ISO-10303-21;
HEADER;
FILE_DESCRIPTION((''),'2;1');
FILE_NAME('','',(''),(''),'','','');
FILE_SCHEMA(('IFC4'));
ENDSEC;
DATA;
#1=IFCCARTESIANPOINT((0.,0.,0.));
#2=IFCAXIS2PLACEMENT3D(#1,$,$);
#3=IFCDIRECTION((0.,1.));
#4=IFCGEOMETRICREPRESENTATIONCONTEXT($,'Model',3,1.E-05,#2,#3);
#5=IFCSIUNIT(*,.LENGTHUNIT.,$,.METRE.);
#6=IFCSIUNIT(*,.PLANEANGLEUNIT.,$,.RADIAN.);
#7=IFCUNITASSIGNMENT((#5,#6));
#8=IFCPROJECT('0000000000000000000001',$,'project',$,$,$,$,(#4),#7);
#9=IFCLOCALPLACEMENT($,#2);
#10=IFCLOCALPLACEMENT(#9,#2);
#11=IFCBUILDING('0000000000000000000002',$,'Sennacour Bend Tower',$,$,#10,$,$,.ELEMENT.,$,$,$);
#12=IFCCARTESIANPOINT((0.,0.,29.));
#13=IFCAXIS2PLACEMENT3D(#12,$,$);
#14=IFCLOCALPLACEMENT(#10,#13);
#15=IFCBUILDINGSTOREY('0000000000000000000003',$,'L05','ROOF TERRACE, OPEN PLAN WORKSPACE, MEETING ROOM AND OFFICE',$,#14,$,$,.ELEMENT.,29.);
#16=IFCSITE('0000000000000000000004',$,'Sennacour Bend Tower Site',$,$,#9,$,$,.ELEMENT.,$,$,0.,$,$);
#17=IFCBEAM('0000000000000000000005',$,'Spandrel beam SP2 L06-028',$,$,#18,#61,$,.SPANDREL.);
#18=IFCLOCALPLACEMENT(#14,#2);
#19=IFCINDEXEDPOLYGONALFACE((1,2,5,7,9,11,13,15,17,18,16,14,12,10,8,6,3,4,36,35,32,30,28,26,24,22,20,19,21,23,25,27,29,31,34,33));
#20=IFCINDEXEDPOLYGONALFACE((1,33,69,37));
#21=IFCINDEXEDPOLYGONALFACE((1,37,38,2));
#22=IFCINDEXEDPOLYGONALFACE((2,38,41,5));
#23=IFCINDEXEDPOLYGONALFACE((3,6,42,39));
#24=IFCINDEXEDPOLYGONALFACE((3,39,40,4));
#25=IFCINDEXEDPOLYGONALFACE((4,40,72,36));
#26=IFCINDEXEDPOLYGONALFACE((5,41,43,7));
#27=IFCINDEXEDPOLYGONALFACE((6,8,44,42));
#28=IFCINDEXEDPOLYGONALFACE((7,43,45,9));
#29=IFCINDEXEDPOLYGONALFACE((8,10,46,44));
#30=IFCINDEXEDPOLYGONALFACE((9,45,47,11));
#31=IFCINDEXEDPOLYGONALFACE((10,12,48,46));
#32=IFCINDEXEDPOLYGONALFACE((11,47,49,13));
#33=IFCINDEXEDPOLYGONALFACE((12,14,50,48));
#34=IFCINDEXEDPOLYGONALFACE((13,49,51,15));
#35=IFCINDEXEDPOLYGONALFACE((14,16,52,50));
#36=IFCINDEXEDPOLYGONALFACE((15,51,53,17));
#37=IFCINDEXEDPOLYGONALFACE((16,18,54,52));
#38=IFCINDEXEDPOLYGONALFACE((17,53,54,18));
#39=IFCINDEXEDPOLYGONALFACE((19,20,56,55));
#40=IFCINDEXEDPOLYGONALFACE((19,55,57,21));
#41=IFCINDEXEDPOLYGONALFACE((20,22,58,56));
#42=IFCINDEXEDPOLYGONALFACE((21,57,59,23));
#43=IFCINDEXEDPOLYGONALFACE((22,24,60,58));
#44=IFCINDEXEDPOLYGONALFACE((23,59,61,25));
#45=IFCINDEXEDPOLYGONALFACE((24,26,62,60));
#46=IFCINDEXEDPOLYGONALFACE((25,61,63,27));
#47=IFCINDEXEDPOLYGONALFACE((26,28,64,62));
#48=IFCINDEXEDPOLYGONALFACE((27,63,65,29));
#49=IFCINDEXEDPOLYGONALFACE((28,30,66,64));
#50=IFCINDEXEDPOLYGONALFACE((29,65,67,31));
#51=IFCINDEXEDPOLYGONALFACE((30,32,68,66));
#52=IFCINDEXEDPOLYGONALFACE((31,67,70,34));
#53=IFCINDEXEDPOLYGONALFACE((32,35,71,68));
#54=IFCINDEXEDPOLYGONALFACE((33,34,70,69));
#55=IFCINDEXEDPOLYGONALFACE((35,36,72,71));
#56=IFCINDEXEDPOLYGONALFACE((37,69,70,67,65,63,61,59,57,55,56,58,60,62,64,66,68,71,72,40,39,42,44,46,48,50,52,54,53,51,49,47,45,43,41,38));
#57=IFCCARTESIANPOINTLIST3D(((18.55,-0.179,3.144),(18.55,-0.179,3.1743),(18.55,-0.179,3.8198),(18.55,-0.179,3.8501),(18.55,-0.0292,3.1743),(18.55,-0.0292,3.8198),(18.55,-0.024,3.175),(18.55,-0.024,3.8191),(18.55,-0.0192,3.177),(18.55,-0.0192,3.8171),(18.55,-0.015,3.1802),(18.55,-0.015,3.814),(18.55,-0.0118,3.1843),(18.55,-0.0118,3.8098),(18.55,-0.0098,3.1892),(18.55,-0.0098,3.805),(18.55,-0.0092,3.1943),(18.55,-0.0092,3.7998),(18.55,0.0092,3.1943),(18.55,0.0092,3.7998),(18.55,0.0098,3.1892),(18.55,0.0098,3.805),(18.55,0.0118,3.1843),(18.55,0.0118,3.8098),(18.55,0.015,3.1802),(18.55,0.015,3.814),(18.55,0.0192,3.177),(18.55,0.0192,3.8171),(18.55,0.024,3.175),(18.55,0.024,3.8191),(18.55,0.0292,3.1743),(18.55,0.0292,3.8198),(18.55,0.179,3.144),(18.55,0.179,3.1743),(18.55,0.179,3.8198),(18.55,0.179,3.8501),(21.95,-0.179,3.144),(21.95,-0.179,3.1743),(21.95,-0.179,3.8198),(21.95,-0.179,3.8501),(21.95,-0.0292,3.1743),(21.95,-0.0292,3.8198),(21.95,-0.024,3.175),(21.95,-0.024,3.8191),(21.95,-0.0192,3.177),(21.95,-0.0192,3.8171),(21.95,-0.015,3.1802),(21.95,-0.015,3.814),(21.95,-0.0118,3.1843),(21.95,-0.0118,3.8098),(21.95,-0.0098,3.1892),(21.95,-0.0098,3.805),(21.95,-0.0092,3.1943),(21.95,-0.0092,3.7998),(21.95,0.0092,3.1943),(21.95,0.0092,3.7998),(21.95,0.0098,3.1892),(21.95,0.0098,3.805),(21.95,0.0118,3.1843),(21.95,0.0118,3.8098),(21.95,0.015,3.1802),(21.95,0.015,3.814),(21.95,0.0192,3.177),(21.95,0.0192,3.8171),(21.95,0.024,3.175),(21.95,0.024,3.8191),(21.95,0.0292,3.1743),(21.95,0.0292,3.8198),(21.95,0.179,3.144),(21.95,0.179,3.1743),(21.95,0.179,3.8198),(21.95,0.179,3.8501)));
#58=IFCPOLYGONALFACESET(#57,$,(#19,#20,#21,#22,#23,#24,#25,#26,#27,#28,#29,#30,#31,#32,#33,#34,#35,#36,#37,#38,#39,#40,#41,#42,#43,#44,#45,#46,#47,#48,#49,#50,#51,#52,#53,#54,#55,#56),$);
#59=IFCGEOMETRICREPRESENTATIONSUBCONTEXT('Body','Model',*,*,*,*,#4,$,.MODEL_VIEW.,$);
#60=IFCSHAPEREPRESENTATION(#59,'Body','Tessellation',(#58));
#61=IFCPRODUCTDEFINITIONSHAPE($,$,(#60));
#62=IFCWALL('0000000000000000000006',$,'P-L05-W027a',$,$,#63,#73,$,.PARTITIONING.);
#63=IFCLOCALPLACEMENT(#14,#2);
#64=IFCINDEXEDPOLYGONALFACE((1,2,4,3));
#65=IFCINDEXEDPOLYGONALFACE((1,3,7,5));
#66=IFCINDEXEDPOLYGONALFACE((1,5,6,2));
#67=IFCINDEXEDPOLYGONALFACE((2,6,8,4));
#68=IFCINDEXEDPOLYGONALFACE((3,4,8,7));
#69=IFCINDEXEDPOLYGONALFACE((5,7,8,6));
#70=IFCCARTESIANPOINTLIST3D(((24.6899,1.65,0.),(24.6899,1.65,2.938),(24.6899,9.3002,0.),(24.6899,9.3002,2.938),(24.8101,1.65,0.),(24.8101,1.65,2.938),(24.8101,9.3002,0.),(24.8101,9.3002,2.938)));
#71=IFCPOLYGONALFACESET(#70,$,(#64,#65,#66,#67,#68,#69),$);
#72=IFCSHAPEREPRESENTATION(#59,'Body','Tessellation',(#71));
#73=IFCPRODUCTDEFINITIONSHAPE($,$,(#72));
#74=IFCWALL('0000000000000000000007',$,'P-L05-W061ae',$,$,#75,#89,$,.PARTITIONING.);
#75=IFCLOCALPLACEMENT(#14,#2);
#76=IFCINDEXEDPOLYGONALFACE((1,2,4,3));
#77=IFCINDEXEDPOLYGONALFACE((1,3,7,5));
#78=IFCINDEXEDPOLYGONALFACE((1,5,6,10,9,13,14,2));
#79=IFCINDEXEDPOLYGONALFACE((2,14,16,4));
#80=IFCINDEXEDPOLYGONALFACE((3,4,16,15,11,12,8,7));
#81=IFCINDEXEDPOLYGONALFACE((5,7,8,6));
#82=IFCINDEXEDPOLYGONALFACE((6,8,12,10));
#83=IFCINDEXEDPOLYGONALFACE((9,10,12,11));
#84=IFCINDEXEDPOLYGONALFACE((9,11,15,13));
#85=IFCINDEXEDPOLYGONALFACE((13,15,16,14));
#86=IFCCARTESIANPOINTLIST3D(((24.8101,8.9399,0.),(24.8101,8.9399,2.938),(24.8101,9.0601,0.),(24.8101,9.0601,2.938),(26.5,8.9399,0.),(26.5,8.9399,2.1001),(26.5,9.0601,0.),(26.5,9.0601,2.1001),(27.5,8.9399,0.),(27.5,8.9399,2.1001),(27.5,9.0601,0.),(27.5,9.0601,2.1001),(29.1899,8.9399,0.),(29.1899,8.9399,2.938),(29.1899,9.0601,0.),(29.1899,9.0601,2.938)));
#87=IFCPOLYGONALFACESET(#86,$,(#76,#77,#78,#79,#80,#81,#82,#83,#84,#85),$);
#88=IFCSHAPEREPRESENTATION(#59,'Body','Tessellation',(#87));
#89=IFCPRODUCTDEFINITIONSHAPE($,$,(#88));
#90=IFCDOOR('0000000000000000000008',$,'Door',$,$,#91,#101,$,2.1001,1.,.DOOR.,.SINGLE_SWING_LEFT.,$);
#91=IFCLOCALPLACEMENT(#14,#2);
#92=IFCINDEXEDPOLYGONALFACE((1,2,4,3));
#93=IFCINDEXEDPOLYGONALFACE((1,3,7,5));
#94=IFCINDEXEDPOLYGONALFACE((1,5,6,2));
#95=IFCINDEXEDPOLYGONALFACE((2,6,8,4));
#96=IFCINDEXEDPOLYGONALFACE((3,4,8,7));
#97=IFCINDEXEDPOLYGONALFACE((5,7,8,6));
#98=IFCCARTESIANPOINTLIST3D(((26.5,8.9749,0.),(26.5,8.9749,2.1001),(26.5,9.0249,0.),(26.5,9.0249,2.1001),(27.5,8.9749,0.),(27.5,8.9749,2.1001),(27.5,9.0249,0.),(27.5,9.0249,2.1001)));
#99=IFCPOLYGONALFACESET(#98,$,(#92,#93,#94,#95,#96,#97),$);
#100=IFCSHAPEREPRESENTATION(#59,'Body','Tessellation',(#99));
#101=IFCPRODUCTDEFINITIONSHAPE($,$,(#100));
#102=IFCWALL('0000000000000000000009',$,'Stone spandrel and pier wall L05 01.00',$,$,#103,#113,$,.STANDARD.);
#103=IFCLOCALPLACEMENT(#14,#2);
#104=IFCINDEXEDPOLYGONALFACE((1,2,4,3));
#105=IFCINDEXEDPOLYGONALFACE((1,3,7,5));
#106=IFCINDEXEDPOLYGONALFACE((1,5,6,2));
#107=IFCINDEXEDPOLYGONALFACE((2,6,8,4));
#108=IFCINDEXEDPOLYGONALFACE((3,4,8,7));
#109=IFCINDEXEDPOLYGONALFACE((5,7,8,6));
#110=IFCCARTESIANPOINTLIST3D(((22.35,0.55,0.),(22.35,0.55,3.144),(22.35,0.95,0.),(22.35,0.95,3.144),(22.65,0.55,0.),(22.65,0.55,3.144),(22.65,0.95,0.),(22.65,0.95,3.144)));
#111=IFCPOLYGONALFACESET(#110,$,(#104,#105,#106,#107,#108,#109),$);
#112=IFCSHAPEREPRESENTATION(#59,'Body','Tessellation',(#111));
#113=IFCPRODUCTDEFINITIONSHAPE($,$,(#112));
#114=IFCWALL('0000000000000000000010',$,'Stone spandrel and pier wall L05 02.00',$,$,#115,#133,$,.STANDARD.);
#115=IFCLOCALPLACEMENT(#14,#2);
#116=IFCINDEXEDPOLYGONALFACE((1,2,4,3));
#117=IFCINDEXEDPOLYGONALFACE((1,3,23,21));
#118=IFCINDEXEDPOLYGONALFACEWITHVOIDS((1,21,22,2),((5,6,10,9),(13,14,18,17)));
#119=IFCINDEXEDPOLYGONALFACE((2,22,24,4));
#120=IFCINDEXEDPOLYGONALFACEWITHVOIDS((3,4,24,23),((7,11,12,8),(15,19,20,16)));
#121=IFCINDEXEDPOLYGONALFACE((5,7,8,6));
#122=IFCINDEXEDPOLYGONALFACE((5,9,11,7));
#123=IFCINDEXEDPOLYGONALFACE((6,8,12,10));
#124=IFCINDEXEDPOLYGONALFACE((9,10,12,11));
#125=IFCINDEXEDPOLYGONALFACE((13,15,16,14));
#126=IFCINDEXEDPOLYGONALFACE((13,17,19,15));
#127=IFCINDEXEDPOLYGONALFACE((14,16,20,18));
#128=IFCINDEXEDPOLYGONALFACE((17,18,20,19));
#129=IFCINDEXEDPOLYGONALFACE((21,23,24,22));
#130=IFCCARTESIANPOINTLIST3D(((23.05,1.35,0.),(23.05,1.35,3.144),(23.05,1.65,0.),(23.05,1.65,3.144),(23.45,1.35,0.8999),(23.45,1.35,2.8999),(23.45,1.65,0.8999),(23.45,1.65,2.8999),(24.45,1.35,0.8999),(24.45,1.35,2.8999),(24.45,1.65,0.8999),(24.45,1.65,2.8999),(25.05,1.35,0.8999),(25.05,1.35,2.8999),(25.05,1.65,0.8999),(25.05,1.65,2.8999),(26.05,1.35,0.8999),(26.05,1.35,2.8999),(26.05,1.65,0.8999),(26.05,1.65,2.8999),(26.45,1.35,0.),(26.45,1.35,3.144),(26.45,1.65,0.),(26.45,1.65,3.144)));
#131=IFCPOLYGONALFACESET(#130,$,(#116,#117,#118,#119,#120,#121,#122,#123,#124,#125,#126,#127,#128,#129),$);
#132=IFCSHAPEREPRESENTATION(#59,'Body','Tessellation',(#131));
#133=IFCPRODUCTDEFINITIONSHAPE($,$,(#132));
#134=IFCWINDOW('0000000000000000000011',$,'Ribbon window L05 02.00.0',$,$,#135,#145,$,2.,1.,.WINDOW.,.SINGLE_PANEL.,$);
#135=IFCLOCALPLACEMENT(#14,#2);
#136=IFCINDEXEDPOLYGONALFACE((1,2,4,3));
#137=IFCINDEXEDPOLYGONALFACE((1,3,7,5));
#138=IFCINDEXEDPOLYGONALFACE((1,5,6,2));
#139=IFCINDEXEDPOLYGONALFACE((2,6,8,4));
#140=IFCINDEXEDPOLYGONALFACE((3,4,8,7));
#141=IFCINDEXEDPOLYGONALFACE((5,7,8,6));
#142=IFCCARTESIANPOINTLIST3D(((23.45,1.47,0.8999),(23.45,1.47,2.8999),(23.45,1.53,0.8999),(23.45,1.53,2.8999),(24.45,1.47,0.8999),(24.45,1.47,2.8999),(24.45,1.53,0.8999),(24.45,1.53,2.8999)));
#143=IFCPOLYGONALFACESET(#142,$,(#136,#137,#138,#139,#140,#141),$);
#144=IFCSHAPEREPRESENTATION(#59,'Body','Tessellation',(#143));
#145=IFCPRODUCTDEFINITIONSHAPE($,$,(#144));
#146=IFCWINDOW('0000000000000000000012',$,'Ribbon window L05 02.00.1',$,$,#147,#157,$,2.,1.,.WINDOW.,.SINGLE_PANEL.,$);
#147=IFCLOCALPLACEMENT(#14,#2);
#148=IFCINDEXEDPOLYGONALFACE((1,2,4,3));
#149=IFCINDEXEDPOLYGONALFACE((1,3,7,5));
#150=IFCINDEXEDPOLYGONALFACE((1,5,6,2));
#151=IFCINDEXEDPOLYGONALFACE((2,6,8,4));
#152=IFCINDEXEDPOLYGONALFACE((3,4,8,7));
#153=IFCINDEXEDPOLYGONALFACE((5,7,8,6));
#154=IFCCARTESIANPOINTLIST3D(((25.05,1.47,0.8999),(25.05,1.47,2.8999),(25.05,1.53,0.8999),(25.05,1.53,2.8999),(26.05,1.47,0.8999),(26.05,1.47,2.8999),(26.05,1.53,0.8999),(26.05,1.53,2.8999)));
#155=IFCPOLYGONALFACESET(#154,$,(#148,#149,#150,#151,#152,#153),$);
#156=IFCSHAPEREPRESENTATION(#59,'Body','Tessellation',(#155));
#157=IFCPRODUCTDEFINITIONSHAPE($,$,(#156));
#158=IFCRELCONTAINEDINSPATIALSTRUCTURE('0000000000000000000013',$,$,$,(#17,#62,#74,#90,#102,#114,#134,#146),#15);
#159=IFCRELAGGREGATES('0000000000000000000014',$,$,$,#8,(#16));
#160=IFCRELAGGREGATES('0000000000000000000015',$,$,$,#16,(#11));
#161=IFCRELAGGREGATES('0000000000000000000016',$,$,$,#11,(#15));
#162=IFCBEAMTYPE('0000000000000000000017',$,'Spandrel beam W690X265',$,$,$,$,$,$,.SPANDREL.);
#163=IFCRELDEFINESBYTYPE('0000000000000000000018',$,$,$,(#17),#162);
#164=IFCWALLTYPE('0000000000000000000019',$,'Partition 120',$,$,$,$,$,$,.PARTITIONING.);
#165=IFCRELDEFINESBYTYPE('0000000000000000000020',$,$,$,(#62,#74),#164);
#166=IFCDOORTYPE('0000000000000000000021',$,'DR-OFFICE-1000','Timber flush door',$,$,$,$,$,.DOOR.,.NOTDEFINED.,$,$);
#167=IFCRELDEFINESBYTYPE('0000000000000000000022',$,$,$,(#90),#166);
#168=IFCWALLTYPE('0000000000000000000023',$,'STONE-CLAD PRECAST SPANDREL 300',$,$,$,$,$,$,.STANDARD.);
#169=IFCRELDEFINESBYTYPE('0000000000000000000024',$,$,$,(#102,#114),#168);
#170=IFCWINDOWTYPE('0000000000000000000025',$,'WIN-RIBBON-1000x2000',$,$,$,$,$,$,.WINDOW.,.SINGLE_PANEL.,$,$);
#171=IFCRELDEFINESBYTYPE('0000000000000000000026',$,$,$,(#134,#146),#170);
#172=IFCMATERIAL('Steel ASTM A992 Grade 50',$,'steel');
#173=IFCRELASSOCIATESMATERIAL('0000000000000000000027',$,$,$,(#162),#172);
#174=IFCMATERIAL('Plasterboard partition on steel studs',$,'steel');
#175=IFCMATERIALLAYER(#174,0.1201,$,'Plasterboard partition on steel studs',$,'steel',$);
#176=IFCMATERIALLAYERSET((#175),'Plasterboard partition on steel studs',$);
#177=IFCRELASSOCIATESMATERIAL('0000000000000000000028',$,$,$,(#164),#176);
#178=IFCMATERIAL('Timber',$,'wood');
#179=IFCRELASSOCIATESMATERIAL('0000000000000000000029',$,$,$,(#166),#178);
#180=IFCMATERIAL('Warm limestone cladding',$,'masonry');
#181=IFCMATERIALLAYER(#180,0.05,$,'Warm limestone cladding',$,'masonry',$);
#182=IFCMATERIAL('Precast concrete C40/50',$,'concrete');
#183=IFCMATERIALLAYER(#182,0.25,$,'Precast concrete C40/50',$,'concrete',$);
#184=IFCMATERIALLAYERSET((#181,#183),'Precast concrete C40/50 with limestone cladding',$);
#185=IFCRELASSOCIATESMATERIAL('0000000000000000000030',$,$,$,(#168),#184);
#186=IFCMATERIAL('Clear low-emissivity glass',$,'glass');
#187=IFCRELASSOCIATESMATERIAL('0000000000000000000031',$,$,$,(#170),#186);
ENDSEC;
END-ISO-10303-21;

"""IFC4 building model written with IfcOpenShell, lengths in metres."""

from ifc_helpers import new_model, si_unit, direction, frame, frame_2d, origin, origin_2d, place, context, subcontext, project, spatial, rectangle, i_section, extrude, material, layer, layer_set, material_profile, profile_set, type_object, element, fill, save


model = new_model("IFC4")

# Units and contexts
model_context = context("Model", 3, precision=1e-05, world=origin(), true_north=direction((0.0, 1.0)))
body_context = subcontext(model_context, "Body", "Model", "MODEL_VIEW")
ifc_project = project(units=[si_unit("LENGTHUNIT", "METRE"), si_unit("PLANEANGLEUNIT", "RADIAN")], contexts=[model_context])

# Site, building, storey
site_placement = place(None, origin())
site = spatial("IfcSite", under=ifc_project, at=site_placement, Name="Sennacour Bend Tower Site", CompositionType="ELEMENT", RefElevation=0.0)
building_placement = place(site_placement, origin())
building = spatial("IfcBuilding", under=site, at=building_placement, Name="Sennacour Bend Tower", CompositionType="ELEMENT")
storey_placement = place(building_placement, frame((0.0, 0.0, 29.0)))
storey = spatial("IfcBuildingStorey", under=building, at=storey_placement, Name="L05", Description="ROOF TERRACE, OPEN PLAN WORKSPACE, MEETING ROOM AND OFFICE", CompositionType="ELEMENT", Elevation=29.0)

# Beam
ifc_material_1 = material(Name="Steel ASTM A992 Grade 50", Category="steel")
ifc_material_profile_1 = material_profile(ifc_material_1, i_section(OverallWidth=0.3579, OverallDepth=0.7061, WebThickness=0.0183, FlangeThickness=0.0303, FilletRadius=0.02, at=origin_2d()), Name="Steel ASTM A992 Grade 50", Category="steel")
ifc_profile_set_1 = profile_set([ifc_material_profile_1], Name="Steel ASTM A992 Grade 50")
beam_type_1 = type_object("IfcBeamType", Name="Spandrel beam W690X265", PredefinedType="SPANDREL", material=ifc_profile_set_1)
for number, where, z_axis, x_axis, name in (
    (1, (21.95, 0.0, 3.4971), (-1.0, 0.0, 0.0), (0.0, -1.0, 0.0), "Spandrel beam SP2 L06-028"),
):
    element("IfcBeam", number, at=place(storey_placement, frame(where, z_axis=z_axis, x_axis=x_axis)), inside=storey, type_object=beam_type_1, Name=name, PredefinedType="SPANDREL", context=body_context, shape_type="SweptSolid", body=[
        extrude(i_section(OverallWidth=0.3579, OverallDepth=0.7061, WebThickness=0.0183, FlangeThickness=0.0303, FilletRadius=0.02, at=origin_2d()), origin(), (0.0, 0.0, 1.0), 3.3999),
    ])

# Wall
ifc_material_2 = material(Name="Plasterboard partition on steel studs", Category="steel")
ifc_layer_1 = layer(ifc_material_2, 0.1201, Name="Plasterboard partition on steel studs", Category="steel")
ifc_layer_set_1 = layer_set([ifc_layer_1], Name="Plasterboard partition on steel studs")
wall_type_1 = type_object("IfcWallType", Name="Partition 120", PredefinedType="PARTITIONING", material=ifc_layer_set_1)
wall_1_placement = place(storey_placement, frame((24.75, 1.6499, 0.0), z_axis=(0.0, 0.0, 1.0), x_axis=(0.0, 1.0, 0.0)))
element("IfcWall", 2, at=wall_1_placement, inside=storey, type_object=wall_type_1, Name="P-L05-W027a", PredefinedType="PARTITIONING", context=body_context, shape_type="SweptSolid", body=[
    extrude(rectangle(XDim=7.6501, YDim=0.1201, at=frame_2d((3.8252, 0.0))), origin(), (0.0, 0.0, 1.0), 2.938),
])

# Wall, opening, door
wall_2_placement = place(storey_placement, frame((24.8101, 9.0, 0.0), z_axis=(0.0, 0.0, 1.0), x_axis=(1.0, 0.0, 0.0)))
wall_2 = element("IfcWall", 3, at=wall_2_placement, inside=storey, type_object=wall_type_1, Name="P-L05-W061ae", PredefinedType="PARTITIONING", context=body_context, shape_type="SweptSolid", body=[
    extrude(rectangle(XDim=4.3799, YDim=0.1201, at=frame_2d((2.1899, 0.0))), origin(), (0.0, 0.0, 1.0), 2.938),
])
opening_1_placement = place(wall_2_placement, frame((1.6899, 0.0, 0.0)))
opening_1 = element("IfcOpeningElement", 4, at=opening_1_placement, cuts=wall_2, PredefinedType="OPENING", context=body_context, shape_type="SweptSolid", body=[
    extrude(rectangle(XDim=1.0, YDim=2.1001, at=frame_2d((0.5, 1.05))), frame((0.0, 0.0701, 0.0), z_axis=(0.0, -1.0, 0.0), x_axis=(1.0, 0.0, 0.0)), (0.0, 0.0, 1.0), 0.1401),
])
ifc_material_3 = material(Name="Timber", Category="wood")
door_type = type_object("IfcDoorType", Name="DR-OFFICE-1000", Description="Timber flush door", OperationType="NOTDEFINED", PredefinedType="DOOR", material=ifc_material_3)
door_placement = place(opening_1_placement, origin())
door = element("IfcDoor", 5, at=door_placement, inside=storey, type_object=door_type, Name="Door", OperationType="SINGLE_SWING_LEFT", OverallHeight=2.1001, OverallWidth=1.0, PredefinedType="DOOR", context=body_context, shape_type="SweptSolid", body=[
    extrude(rectangle(XDim=1.0, YDim=2.1001, at=frame_2d((0.5, 1.05))), frame((0.0, 0.0249, 0.0), z_axis=(0.0, -1.0, 0.0), x_axis=(1.0, 0.0, 0.0)), (0.0, 0.0, 1.0), 0.05),
])
fill(opening_1, door)

# Wall
ifc_material_4 = material(Name="Warm limestone cladding", Category="masonry")
ifc_layer_2 = layer(ifc_material_4, 0.05, Name="Warm limestone cladding", Category="masonry")
ifc_material_5 = material(Name="Precast concrete C40/50", Category="concrete")
ifc_layer_3 = layer(ifc_material_5, 0.25, Name="Precast concrete C40/50", Category="concrete")
ifc_layer_set_2 = layer_set([ifc_layer_2, ifc_layer_3], Name="Precast concrete C40/50 with limestone cladding")
wall_type_2 = type_object("IfcWallType", Name="STONE-CLAD PRECAST SPANDREL 300", PredefinedType="STANDARD", material=ifc_layer_set_2)
wall_3_placement = place(storey_placement, frame((22.5, 0.55, 0.0), z_axis=(0.0, 0.0, 1.0), x_axis=(0.0, 1.0, 0.0)))
element("IfcWall", 6, at=wall_3_placement, inside=storey, type_object=wall_type_2, Name="Stone spandrel and pier wall L05 01.00", PredefinedType="STANDARD", context=body_context, shape_type="SweptSolid", body=[
    extrude(rectangle(XDim=0.3999, YDim=0.3, at=frame_2d((0.2, 0.0))), origin(), (0.0, 0.0, 1.0), 3.144),
])

# Wall, openings, windows
wall_4_placement = place(storey_placement, frame((23.05, 1.5, 0.0), z_axis=(0.0, 0.0, 1.0), x_axis=(1.0, 0.0, 0.0)))
wall_4 = element("IfcWall", 7, at=wall_4_placement, inside=storey, type_object=wall_type_2, Name="Stone spandrel and pier wall L05 02.00", PredefinedType="STANDARD", context=body_context, shape_type="SweptSolid", body=[
    extrude(rectangle(XDim=3.3999, YDim=0.3, at=frame_2d((1.7, 0.0))), origin(), (0.0, 0.0, 1.0), 3.144),
])
opening_2_placement = place(wall_4_placement, frame((0.3999, 0.0, 0.8999)))
opening_2 = element("IfcOpeningElement", 8, at=opening_2_placement, cuts=wall_4, PredefinedType="OPENING", context=body_context, shape_type="SweptSolid", body=[
    extrude(rectangle(XDim=1.0, YDim=2.0, at=frame_2d((0.5, 1.0))), frame((0.0, 0.1602, 0.0), z_axis=(0.0, -1.0, 0.0), x_axis=(1.0, 0.0, 0.0)), (0.0, 0.0, 1.0), 0.3201),
])
opening_3_placement = place(wall_4_placement, frame((2.0, 0.0, 0.8999)))
opening_3 = element("IfcOpeningElement", 9, at=opening_3_placement, cuts=wall_4, PredefinedType="OPENING", context=body_context, shape_type="SweptSolid", body=[
    extrude(rectangle(XDim=1.0, YDim=2.0, at=frame_2d((0.5, 1.0))), frame((0.0, 0.1602, 0.0), z_axis=(0.0, -1.0, 0.0), x_axis=(1.0, 0.0, 0.0)), (0.0, 0.0, 1.0), 0.3201),
])
ifc_material_6 = material(Name="Clear low-emissivity glass", Category="glass")
window_type = type_object("IfcWindowType", Name="WIN-RIBBON-1000x2000", PartitioningType="SINGLE_PANEL", PredefinedType="WINDOW", material=ifc_material_6)
window_1_placement = place(opening_2_placement, origin())
window_1 = element("IfcWindow", 10, at=window_1_placement, inside=storey, type_object=window_type, Name="Ribbon window L05 02.00.0", OverallHeight=2.0, OverallWidth=1.0, PartitioningType="SINGLE_PANEL", PredefinedType="WINDOW", context=body_context, shape_type="SweptSolid", body=[
    extrude(rectangle(XDim=1.0, YDim=2.0, at=frame_2d((0.5, 1.0))), frame((0.0, 0.03, 0.0), z_axis=(0.0, -1.0, 0.0), x_axis=(1.0, 0.0, 0.0)), (0.0, 0.0, 1.0), 0.0601),
])
fill(opening_2, window_1)
window_2_placement = place(opening_3_placement, origin())
window_2 = element("IfcWindow", 11, at=window_2_placement, inside=storey, type_object=window_type, Name="Ribbon window L05 02.00.1", OverallHeight=2.0, OverallWidth=1.0, PartitioningType="SINGLE_PANEL", PredefinedType="WINDOW", context=body_context, shape_type="SweptSolid", body=[
    extrude(rectangle(XDim=1.0, YDim=2.0, at=frame_2d((0.5, 1.0))), frame((0.0, 0.03, 0.0), z_axis=(0.0, -1.0, 0.0), x_axis=(1.0, 0.0, 0.0)), (0.0, 0.0, 1.0), 0.0601),
])
fill(opening_3, window_2)

save(model, "model.ifc")
